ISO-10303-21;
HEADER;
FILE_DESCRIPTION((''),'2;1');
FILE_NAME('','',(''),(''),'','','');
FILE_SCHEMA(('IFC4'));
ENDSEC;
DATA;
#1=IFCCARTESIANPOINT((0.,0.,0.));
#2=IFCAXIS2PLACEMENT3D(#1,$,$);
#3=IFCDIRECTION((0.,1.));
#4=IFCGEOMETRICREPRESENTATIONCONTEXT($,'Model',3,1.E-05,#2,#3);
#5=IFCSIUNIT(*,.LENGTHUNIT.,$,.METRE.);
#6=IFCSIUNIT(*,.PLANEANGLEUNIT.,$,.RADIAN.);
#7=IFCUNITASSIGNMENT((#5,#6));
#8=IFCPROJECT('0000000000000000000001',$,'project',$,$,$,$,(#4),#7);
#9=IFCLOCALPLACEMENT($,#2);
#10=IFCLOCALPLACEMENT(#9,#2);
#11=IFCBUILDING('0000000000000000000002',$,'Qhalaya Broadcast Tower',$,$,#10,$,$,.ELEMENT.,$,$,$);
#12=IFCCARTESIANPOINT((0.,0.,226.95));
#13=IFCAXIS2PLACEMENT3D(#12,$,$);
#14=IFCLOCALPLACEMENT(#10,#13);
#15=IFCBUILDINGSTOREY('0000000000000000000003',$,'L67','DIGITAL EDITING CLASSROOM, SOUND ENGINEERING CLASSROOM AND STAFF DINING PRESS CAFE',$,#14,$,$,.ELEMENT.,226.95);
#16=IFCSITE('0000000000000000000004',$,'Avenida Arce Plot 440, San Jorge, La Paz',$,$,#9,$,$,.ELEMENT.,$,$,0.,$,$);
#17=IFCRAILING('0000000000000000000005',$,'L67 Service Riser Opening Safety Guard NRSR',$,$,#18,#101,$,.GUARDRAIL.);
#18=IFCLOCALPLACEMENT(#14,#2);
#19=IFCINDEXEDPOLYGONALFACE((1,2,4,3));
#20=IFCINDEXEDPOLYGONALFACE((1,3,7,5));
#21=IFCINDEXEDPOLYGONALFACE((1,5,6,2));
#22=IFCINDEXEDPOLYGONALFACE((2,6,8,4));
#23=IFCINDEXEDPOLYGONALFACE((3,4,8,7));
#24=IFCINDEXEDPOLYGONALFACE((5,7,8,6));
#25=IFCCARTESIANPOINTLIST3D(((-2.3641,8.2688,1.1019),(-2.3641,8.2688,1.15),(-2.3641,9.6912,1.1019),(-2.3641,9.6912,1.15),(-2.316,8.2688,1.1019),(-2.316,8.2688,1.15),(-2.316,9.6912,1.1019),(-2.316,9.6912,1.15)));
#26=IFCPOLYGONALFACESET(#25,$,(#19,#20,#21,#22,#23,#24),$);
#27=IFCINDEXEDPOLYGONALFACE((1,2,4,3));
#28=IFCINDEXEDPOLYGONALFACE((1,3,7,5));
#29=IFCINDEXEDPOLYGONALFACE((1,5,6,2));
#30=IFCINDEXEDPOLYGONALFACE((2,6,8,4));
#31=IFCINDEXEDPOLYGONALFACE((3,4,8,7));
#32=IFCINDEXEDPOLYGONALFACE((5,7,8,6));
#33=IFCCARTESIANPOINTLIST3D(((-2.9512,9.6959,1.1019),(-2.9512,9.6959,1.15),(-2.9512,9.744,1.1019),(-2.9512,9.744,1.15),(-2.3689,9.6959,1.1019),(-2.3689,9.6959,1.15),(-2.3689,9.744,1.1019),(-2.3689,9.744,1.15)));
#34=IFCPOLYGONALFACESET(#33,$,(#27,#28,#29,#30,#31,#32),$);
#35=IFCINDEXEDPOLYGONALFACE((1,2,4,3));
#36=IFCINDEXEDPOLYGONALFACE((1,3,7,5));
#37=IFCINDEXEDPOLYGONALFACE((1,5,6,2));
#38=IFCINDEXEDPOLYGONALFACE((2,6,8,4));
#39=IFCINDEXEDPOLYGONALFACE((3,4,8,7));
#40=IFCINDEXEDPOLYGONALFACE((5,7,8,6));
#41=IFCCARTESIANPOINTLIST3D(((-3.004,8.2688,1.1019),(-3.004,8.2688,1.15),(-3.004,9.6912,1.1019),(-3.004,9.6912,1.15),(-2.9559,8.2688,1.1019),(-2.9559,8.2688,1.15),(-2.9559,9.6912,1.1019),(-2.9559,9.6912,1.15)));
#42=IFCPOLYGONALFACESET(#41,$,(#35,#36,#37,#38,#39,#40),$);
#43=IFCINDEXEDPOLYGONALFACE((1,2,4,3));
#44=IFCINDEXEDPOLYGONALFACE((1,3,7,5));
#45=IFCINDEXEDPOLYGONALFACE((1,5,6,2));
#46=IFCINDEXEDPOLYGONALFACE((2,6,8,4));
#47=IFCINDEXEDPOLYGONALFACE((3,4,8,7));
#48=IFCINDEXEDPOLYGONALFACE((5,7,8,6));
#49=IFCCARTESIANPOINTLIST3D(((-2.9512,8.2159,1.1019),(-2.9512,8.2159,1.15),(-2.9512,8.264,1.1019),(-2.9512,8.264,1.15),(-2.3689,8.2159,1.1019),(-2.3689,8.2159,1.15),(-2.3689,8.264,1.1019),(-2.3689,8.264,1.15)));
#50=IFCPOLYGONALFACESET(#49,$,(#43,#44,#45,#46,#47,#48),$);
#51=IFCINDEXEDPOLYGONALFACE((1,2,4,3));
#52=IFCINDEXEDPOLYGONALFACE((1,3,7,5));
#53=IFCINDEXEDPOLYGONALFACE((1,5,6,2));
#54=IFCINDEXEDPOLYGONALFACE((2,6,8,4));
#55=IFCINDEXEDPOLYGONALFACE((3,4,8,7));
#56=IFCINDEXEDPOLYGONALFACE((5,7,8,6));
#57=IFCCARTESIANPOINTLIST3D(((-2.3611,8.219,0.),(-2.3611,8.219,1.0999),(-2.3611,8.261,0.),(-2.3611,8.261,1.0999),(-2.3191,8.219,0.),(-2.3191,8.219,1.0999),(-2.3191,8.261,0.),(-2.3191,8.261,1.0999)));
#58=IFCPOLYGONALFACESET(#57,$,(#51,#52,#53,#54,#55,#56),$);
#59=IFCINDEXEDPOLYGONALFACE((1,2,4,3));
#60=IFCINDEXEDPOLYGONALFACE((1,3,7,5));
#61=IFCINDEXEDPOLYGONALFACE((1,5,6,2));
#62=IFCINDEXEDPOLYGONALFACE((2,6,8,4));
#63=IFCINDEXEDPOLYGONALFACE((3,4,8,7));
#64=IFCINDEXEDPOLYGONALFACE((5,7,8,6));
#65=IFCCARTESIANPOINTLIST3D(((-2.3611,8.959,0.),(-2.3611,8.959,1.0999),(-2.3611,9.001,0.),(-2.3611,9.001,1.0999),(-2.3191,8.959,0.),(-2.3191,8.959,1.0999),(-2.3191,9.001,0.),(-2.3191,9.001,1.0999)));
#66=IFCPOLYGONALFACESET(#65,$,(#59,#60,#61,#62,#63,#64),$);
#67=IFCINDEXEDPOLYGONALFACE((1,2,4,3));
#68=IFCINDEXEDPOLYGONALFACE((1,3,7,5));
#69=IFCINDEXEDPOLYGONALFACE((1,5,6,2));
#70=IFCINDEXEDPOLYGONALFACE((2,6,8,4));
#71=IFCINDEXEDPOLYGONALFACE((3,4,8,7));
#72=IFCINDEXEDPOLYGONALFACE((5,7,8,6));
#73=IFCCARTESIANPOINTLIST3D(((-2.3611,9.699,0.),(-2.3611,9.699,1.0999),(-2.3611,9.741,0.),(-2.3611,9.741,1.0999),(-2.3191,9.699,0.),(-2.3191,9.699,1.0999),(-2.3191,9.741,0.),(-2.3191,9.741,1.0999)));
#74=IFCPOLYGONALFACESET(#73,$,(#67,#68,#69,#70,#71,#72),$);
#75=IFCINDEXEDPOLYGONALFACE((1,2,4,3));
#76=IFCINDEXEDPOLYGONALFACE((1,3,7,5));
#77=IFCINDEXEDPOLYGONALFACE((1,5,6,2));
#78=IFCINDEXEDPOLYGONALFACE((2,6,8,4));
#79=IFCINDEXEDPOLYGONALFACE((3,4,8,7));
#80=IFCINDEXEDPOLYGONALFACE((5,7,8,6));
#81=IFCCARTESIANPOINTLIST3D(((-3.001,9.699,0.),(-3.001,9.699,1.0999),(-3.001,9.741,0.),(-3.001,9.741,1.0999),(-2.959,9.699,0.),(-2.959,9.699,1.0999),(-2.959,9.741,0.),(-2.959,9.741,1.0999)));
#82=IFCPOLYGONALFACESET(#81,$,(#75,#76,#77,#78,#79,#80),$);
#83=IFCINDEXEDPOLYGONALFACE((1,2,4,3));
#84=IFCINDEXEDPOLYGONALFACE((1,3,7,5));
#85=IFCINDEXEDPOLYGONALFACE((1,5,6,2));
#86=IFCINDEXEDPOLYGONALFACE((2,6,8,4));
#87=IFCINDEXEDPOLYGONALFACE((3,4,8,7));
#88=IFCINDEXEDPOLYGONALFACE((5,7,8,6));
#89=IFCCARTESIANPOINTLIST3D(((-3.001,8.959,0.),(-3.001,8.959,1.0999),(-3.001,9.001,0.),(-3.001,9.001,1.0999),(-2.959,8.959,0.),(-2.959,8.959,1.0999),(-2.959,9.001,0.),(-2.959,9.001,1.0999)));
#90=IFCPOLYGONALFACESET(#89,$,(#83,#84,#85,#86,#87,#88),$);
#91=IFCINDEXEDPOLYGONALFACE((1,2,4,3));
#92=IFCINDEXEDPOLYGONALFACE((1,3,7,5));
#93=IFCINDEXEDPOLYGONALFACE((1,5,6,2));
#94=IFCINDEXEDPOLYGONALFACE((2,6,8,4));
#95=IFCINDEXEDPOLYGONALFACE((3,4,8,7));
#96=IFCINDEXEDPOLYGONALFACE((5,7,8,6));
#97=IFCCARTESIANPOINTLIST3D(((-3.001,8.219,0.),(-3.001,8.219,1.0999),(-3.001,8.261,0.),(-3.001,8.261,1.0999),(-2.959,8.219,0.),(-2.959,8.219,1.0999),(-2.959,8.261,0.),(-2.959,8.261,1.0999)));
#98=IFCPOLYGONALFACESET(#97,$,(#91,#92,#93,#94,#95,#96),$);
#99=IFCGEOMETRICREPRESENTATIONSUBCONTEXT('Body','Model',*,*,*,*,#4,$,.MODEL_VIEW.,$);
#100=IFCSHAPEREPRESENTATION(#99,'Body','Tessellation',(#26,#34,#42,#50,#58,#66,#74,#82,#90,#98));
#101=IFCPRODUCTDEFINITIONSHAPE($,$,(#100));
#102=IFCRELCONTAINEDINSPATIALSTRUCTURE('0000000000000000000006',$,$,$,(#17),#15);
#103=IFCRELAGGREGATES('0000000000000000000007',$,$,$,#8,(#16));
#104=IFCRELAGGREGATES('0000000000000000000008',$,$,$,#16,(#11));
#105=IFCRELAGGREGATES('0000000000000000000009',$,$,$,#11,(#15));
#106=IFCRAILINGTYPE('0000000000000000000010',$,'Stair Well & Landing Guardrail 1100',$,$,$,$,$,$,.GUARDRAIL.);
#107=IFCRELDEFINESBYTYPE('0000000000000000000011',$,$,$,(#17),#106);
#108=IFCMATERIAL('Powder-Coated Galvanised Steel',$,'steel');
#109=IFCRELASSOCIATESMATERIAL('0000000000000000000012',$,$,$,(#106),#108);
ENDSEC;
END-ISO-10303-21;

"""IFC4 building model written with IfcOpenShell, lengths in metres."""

from ifc_helpers import new_model, si_unit, direction, frame, origin, origin_2d, place, context, subcontext, project, spatial, rectangle, extrude, material, type_object, element, save


model = new_model("IFC4")

# Units and contexts
model_context = context("Model", 3, precision=1e-05, world=origin(), true_north=direction((0.0, 1.0)))
body_context = subcontext(model_context, "Body", "Model", "MODEL_VIEW")
ifc_project = project(units=[si_unit("LENGTHUNIT", "METRE"), si_unit("PLANEANGLEUNIT", "RADIAN")], contexts=[model_context])

# Site, building, storey
site_placement = place(None, origin())
site = spatial("IfcSite", under=ifc_project, at=site_placement, Name="Avenida Arce Plot 440, San Jorge, La Paz", CompositionType="ELEMENT", RefElevation=0.0)
building_placement = place(site_placement, origin())
building = spatial("IfcBuilding", under=site, at=building_placement, Name="Qhalaya Broadcast Tower", CompositionType="ELEMENT")
storey_placement = place(building_placement, frame((0.0, 0.0, 226.95)))
storey = spatial("IfcBuildingStorey", under=building, at=storey_placement, Name="L67", Description="DIGITAL EDITING CLASSROOM, SOUND ENGINEERING CLASSROOM AND STAFF DINING PRESS CAFE", CompositionType="ELEMENT", Elevation=226.95)

# Railing
ifc_material_1 = material(Name="Powder-Coated Galvanised Steel", Category="steel")
railing_type = type_object("IfcRailingType", Name="Stair Well & Landing Guardrail 1100", PredefinedType="GUARDRAIL", material=ifc_material_1)
railing_placement = place(storey_placement, frame((-2.3401, 8.24, 0.0)))
element("IfcRailing", 1, at=railing_placement, inside=storey, type_object=railing_type, Name="L67 Service Riser Opening Safety Guard NRSR", PredefinedType="GUARDRAIL", context=body_context, shape_type="SweptSolid", body=[
    extrude(rectangle(XDim=0.0481, YDim=0.0481, at=origin_2d()), frame((0.0, 0.0288, 1.126), z_axis=(0.0, 1.0, 0.0), x_axis=(-1.0, 0.0, 0.0)), (0.0, 0.0, 1.0), 1.4224),
    extrude(rectangle(XDim=0.0481, YDim=0.0481, at=origin_2d()), frame((-0.0288, 1.48, 1.126), z_axis=(-1.0, 0.0, 0.0), x_axis=(0.0, -1.0, 0.0)), (0.0, 0.0, 1.0), 0.5823),
    extrude(rectangle(XDim=0.0481, YDim=0.0481, at=origin_2d()), frame((-0.6399, 1.4512, 1.126), z_axis=(0.0, -1.0, 0.0), x_axis=(1.0, 0.0, 0.0)), (0.0, 0.0, 1.0), 1.4224),
    extrude(rectangle(XDim=0.0481, YDim=0.0481, at=origin_2d()), frame((-0.6111, 0.0, 1.126), z_axis=(1.0, 0.0, 0.0), x_axis=(0.0, 1.0, 0.0)), (0.0, 0.0, 1.0), 0.5823),
    extrude(rectangle(XDim=0.042, YDim=0.042, at=origin_2d()), origin(), (0.0, 0.0, 1.0), 1.0999),
    extrude(rectangle(XDim=0.042, YDim=0.042, at=origin_2d()), frame((0.0, 0.74, 0.0)), (0.0, 0.0, 1.0), 1.0999),
    extrude(rectangle(XDim=0.042, YDim=0.042, at=origin_2d()), frame((0.0, 1.48, 0.0)), (0.0, 0.0, 1.0), 1.0999),
    extrude(rectangle(XDim=0.042, YDim=0.042, at=origin_2d()), frame((-0.6399, 1.48, 0.0)), (0.0, 0.0, 1.0), 1.0999),
    extrude(rectangle(XDim=0.042, YDim=0.042, at=origin_2d()), frame((-0.6399, 0.74, 0.0)), (0.0, 0.0, 1.0), 1.0999),
    extrude(rectangle(XDim=0.042, YDim=0.042, at=origin_2d()), frame((-0.6399, 0.0, 0.0)), (0.0, 0.0, 1.0), 1.0999),
])

save(model, "model.ifc")
